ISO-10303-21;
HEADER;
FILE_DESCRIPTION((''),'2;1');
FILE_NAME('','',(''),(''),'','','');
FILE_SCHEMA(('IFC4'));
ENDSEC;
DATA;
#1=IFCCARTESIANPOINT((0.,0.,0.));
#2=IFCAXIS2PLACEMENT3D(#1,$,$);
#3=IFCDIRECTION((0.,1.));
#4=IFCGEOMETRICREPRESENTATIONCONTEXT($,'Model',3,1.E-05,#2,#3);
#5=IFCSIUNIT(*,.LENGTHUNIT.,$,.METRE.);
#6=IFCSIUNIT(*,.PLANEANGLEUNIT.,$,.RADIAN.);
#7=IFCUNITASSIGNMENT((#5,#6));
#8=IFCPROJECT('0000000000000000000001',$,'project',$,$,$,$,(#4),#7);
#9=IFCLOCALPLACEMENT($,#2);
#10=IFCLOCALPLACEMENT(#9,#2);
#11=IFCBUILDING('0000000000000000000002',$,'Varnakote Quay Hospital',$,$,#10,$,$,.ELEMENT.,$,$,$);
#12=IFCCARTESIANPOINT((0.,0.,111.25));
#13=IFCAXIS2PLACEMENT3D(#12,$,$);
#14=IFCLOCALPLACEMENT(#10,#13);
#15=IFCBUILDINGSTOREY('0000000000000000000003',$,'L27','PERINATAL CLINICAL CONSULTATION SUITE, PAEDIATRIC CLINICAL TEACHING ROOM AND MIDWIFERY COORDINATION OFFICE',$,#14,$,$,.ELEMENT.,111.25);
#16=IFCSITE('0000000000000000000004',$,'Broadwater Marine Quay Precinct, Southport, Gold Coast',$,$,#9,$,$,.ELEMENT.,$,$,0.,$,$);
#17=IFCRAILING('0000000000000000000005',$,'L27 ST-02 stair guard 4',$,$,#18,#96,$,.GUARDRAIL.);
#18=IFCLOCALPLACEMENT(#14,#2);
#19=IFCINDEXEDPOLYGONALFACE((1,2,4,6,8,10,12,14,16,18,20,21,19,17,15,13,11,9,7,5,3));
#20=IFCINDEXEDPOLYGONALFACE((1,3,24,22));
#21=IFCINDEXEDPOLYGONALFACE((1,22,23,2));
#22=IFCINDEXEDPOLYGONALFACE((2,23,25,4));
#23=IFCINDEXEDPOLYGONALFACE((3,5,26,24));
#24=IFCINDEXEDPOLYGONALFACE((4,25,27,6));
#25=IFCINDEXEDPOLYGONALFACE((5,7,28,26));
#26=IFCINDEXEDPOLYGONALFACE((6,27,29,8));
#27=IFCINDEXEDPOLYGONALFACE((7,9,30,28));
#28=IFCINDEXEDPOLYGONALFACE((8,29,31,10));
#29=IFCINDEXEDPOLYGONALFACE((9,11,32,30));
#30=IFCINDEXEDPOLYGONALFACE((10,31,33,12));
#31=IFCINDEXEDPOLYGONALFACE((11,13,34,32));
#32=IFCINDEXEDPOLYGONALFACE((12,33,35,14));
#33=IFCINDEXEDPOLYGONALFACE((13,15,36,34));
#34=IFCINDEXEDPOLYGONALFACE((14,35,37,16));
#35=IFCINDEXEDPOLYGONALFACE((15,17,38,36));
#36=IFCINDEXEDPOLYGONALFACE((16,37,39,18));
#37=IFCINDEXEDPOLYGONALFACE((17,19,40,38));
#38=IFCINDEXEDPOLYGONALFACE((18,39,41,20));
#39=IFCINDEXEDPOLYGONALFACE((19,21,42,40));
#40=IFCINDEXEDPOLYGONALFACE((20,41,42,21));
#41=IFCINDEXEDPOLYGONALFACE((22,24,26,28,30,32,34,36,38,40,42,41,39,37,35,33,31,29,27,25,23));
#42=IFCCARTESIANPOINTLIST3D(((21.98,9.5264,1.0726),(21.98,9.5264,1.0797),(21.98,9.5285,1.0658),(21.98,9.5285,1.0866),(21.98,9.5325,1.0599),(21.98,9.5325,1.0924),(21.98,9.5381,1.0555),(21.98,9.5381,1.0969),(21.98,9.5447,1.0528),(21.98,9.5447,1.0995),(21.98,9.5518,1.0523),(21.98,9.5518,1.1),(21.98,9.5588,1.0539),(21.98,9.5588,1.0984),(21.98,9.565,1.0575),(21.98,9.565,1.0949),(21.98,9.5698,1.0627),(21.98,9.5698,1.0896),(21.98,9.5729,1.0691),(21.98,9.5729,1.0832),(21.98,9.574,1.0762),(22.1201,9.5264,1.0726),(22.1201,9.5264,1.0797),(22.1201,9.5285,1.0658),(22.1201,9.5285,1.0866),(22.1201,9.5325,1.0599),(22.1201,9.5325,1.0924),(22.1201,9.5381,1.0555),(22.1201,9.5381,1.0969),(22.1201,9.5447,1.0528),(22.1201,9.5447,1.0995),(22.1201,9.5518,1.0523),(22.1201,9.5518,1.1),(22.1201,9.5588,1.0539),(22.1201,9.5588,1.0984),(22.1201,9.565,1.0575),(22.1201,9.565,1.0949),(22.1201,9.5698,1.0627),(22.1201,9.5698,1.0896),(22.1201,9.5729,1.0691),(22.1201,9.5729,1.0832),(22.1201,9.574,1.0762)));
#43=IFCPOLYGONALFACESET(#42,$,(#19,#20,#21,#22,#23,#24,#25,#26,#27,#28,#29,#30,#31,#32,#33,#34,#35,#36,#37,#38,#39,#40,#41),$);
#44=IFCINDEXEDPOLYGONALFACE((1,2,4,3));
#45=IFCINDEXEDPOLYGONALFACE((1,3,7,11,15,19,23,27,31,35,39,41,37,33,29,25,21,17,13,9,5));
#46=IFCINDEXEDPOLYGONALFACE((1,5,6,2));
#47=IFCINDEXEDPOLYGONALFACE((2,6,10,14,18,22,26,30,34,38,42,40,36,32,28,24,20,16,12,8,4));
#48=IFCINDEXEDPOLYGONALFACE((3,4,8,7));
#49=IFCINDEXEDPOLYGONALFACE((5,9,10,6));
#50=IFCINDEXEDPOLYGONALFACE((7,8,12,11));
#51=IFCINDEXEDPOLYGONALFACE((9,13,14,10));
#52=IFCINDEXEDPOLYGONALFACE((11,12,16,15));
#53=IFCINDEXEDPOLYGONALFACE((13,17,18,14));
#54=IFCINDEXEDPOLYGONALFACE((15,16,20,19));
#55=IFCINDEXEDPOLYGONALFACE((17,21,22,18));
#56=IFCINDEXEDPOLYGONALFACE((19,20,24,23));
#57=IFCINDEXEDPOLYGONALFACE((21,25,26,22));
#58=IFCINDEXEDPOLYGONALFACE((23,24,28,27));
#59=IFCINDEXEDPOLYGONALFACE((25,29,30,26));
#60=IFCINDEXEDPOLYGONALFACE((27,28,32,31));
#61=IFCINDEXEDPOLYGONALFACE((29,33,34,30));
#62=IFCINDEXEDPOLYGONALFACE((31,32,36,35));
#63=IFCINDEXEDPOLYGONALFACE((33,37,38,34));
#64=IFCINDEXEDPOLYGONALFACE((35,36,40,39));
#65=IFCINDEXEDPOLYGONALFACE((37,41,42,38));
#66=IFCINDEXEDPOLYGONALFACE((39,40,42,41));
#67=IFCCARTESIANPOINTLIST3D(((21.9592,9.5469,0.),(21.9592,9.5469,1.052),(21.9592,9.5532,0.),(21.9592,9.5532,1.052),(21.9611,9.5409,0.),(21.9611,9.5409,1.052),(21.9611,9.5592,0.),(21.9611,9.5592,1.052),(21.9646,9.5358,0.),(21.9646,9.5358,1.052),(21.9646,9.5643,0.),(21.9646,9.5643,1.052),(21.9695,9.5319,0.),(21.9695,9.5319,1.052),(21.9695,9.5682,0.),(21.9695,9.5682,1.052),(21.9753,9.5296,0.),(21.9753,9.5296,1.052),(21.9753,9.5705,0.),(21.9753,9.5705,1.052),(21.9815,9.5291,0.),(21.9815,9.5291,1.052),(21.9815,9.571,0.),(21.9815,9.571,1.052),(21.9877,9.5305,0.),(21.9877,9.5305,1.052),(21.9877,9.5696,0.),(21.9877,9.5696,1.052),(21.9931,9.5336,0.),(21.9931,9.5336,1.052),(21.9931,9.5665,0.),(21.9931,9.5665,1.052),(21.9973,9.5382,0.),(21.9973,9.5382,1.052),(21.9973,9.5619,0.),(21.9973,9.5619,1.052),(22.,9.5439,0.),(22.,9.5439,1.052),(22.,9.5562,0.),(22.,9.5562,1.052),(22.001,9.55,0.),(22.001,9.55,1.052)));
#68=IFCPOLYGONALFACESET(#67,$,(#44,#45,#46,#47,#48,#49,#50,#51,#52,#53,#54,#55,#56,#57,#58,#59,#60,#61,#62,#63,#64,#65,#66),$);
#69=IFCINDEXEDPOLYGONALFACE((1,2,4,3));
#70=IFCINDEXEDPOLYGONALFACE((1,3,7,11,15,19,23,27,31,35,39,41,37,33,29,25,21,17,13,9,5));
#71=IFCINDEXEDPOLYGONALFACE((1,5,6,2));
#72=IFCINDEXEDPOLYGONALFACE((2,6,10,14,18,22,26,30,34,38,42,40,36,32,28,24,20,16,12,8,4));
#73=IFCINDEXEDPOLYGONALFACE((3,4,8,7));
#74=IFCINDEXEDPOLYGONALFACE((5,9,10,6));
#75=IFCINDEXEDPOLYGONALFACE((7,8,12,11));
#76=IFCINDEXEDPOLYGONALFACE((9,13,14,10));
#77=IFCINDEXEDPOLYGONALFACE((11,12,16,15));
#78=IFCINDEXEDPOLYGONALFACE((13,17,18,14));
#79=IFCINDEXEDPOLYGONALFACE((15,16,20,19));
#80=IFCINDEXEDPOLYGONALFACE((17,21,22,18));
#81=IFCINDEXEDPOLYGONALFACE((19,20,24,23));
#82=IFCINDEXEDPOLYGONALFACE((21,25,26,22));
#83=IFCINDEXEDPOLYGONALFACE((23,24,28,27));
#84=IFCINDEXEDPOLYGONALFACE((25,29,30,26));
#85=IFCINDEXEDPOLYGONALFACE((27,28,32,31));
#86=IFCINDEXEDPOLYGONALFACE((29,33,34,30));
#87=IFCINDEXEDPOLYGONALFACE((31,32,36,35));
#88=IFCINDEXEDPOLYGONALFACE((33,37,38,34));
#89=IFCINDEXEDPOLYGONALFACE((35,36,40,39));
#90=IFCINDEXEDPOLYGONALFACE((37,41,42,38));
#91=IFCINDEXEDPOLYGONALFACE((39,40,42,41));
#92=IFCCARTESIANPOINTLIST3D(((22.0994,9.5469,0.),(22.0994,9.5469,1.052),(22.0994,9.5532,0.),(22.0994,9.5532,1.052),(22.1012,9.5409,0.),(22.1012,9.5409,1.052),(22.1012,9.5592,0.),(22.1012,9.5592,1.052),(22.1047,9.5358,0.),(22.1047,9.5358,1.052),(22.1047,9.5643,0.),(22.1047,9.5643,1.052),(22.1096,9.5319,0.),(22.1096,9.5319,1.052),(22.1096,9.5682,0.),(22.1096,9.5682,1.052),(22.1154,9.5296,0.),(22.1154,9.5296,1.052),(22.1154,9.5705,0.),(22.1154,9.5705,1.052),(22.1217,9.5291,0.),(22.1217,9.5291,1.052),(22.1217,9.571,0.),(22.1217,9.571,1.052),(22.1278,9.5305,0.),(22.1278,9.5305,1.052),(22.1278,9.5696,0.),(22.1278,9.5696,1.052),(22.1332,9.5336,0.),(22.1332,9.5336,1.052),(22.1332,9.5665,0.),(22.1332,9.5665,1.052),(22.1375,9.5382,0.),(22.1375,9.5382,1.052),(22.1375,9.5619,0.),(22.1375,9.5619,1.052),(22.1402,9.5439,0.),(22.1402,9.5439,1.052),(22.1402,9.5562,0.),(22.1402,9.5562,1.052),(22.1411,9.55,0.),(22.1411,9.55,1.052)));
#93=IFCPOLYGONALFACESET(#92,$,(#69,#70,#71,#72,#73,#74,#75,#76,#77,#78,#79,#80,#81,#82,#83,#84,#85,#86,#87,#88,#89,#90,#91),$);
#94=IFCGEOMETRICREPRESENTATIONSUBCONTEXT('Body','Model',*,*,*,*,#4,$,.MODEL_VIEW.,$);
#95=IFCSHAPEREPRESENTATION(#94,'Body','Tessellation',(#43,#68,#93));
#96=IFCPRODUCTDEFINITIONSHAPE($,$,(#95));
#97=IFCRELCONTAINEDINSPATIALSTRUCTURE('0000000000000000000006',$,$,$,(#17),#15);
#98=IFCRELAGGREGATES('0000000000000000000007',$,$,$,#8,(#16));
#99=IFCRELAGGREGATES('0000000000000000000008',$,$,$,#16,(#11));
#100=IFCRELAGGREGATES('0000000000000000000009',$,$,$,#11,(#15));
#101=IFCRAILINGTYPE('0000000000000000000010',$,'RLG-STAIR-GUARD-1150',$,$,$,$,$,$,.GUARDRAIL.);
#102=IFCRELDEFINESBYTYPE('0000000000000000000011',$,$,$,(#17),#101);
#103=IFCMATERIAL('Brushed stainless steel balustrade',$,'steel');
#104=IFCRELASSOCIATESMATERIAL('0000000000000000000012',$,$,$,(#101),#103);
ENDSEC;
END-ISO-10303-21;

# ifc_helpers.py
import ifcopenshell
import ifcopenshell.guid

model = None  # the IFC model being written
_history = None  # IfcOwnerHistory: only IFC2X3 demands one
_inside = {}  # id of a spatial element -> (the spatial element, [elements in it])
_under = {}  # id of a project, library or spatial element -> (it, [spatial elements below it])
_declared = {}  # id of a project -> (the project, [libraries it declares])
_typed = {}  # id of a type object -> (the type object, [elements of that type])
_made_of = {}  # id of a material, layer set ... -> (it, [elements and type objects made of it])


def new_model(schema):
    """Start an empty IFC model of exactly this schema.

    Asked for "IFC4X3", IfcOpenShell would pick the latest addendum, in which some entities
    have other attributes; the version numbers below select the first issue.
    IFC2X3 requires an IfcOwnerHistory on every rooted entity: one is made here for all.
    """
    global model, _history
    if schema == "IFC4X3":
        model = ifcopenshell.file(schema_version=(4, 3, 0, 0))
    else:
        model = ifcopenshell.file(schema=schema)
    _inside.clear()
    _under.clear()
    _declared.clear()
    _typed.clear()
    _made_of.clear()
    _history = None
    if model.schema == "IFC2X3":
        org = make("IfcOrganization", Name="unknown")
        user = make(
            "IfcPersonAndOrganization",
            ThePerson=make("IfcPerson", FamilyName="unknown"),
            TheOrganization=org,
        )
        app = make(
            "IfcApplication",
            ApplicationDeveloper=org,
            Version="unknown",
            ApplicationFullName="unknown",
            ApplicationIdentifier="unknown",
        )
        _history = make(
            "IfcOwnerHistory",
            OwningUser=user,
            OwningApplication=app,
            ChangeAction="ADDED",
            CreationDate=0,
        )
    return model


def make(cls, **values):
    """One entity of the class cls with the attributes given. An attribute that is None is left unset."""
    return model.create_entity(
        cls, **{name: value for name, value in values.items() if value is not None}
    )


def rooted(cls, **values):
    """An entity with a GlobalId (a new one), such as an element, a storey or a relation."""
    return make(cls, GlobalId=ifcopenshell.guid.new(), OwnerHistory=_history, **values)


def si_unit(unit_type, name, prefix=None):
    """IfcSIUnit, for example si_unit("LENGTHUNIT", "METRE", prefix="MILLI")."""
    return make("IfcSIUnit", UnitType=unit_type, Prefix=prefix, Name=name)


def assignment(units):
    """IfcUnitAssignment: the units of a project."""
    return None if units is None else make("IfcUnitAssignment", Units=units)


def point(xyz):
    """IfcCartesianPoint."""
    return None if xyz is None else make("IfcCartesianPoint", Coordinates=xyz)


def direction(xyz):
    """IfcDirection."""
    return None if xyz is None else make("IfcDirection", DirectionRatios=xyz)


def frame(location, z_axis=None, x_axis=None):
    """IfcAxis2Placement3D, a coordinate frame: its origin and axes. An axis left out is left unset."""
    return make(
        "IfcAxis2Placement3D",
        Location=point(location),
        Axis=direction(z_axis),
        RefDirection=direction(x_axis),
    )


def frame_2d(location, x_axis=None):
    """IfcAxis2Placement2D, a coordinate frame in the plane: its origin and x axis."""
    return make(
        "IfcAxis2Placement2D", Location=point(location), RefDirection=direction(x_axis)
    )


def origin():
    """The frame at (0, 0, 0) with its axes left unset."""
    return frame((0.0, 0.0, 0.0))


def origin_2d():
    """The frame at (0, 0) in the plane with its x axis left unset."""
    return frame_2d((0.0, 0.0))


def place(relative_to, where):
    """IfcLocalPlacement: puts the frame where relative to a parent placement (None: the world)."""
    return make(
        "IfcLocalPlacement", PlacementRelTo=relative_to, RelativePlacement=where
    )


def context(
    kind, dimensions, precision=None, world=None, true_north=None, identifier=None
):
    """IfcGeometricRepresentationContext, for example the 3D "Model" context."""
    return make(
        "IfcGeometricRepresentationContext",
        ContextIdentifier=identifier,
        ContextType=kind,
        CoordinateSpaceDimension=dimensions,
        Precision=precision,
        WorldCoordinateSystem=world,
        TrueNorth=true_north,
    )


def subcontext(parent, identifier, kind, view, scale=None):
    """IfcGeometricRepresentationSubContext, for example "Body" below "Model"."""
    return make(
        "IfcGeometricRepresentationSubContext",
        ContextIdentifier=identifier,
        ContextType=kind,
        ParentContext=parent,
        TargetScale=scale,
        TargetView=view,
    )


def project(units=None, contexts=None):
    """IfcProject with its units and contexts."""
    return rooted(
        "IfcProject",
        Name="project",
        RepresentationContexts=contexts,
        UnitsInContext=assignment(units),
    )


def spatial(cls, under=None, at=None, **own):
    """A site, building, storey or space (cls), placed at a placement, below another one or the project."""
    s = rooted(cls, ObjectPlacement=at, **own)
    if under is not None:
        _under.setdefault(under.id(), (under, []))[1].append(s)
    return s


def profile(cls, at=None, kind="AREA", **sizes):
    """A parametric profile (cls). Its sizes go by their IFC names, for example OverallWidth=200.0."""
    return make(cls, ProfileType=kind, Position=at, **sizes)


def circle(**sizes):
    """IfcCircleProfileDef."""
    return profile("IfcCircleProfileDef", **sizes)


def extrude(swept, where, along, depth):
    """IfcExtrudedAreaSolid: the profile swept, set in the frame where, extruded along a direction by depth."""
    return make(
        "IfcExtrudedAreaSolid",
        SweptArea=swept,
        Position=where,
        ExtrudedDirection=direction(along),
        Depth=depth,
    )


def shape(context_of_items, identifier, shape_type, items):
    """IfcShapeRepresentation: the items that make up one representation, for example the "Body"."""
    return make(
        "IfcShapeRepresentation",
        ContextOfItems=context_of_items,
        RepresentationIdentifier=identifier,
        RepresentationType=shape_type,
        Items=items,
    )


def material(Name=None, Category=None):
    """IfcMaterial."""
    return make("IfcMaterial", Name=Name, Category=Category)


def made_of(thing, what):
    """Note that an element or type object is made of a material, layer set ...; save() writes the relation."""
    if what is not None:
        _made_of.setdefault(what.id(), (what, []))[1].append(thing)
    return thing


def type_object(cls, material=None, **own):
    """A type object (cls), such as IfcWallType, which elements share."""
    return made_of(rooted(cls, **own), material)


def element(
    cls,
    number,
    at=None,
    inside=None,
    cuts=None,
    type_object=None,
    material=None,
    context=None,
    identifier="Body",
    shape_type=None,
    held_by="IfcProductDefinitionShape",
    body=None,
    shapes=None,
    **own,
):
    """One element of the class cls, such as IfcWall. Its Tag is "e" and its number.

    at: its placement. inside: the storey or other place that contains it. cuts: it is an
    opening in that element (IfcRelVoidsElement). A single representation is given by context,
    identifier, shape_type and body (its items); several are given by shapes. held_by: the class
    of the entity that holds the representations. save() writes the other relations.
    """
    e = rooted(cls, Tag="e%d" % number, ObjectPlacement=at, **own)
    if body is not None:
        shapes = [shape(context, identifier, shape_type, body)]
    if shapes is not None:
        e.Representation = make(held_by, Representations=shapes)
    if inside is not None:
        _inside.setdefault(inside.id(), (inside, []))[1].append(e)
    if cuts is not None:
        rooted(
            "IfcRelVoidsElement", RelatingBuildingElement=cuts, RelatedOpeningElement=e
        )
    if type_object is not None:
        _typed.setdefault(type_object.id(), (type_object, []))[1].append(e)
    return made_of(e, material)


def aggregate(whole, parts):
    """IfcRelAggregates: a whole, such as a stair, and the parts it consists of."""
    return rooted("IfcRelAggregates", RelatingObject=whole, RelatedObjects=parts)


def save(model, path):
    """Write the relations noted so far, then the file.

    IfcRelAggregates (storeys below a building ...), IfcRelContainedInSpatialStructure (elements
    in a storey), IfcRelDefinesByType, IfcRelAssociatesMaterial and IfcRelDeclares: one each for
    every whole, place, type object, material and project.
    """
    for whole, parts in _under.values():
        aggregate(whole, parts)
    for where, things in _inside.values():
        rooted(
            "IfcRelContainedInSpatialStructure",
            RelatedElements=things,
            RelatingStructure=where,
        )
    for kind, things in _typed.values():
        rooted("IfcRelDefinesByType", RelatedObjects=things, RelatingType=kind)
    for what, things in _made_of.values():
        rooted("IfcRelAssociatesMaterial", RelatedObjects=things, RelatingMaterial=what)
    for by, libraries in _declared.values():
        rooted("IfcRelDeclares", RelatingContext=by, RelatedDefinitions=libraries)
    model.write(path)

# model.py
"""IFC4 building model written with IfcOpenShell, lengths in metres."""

from ifc_helpers import new_model, si_unit, direction, frame, origin, origin_2d, place, context, subcontext, project, spatial, circle, extrude, material, type_object, element, save


model = new_model("IFC4")

# Units and contexts
model_context = context("Model", 3, precision=1e-05, world=origin(), true_north=direction((0.0, 1.0)))
body_context = subcontext(model_context, "Body", "Model", "MODEL_VIEW")
ifc_project = project(units=[si_unit("LENGTHUNIT", "METRE"), si_unit("PLANEANGLEUNIT", "RADIAN")], contexts=[model_context])

# Site, building, storey
site_placement = place(None, origin())
site = spatial("IfcSite", under=ifc_project, at=site_placement, Name="Broadwater Marine Quay Precinct, Southport, Gold Coast", CompositionType="ELEMENT", RefElevation=0.0)
building_placement = place(site_placement, origin())
building = spatial("IfcBuilding", under=site, at=building_placement, Name="Varnakote Quay Hospital", CompositionType="ELEMENT")
storey_placement = place(building_placement, frame((0.0, 0.0, 111.25)))
storey = spatial("IfcBuildingStorey", under=building, at=storey_placement, Name="L27", Description="PERINATAL CLINICAL CONSULTATION SUITE, PAEDIATRIC CLINICAL TEACHING ROOM AND MIDWIFERY COORDINATION OFFICE", CompositionType="ELEMENT", Elevation=111.25)

# Railing
ifc_material_1 = material(Name="Brushed stainless steel balustrade", Category="steel")
railing_type_1 = type_object("IfcRailingType", Name="RLG-STAIR-GUARD-1150", PredefinedType="GUARDRAIL", material=ifc_material_1)
railing_1_placement = place(storey_placement, frame((21.98, 9.55, 0.0)))
element("IfcRailing", 1, at=railing_1_placement, inside=storey, type_object=railing_type_1, Name="L27 ST-02 stair guard 4", PredefinedType="GUARDRAIL", context=body_context, shape_type="SweptSolid", body=[
    extrude(circle(Radius=0.0239, at=origin_2d()), frame((0.0, 0.0, 1.0762), z_axis=(1.0, 0.0, 0.0), x_axis=(0.0, 1.0, 0.0)), (0.0, 0.0, 1.0), 0.1401),
    extrude(circle(Radius=0.021, at=origin_2d()), origin(), (0.0, 0.0, 1.0), 1.052),
    extrude(circle(Radius=0.021, at=origin_2d()), frame((0.1401, 0.0, 0.0)), (0.0, 0.0, 1.0), 1.052),
])

save(model, "model.ifc")
